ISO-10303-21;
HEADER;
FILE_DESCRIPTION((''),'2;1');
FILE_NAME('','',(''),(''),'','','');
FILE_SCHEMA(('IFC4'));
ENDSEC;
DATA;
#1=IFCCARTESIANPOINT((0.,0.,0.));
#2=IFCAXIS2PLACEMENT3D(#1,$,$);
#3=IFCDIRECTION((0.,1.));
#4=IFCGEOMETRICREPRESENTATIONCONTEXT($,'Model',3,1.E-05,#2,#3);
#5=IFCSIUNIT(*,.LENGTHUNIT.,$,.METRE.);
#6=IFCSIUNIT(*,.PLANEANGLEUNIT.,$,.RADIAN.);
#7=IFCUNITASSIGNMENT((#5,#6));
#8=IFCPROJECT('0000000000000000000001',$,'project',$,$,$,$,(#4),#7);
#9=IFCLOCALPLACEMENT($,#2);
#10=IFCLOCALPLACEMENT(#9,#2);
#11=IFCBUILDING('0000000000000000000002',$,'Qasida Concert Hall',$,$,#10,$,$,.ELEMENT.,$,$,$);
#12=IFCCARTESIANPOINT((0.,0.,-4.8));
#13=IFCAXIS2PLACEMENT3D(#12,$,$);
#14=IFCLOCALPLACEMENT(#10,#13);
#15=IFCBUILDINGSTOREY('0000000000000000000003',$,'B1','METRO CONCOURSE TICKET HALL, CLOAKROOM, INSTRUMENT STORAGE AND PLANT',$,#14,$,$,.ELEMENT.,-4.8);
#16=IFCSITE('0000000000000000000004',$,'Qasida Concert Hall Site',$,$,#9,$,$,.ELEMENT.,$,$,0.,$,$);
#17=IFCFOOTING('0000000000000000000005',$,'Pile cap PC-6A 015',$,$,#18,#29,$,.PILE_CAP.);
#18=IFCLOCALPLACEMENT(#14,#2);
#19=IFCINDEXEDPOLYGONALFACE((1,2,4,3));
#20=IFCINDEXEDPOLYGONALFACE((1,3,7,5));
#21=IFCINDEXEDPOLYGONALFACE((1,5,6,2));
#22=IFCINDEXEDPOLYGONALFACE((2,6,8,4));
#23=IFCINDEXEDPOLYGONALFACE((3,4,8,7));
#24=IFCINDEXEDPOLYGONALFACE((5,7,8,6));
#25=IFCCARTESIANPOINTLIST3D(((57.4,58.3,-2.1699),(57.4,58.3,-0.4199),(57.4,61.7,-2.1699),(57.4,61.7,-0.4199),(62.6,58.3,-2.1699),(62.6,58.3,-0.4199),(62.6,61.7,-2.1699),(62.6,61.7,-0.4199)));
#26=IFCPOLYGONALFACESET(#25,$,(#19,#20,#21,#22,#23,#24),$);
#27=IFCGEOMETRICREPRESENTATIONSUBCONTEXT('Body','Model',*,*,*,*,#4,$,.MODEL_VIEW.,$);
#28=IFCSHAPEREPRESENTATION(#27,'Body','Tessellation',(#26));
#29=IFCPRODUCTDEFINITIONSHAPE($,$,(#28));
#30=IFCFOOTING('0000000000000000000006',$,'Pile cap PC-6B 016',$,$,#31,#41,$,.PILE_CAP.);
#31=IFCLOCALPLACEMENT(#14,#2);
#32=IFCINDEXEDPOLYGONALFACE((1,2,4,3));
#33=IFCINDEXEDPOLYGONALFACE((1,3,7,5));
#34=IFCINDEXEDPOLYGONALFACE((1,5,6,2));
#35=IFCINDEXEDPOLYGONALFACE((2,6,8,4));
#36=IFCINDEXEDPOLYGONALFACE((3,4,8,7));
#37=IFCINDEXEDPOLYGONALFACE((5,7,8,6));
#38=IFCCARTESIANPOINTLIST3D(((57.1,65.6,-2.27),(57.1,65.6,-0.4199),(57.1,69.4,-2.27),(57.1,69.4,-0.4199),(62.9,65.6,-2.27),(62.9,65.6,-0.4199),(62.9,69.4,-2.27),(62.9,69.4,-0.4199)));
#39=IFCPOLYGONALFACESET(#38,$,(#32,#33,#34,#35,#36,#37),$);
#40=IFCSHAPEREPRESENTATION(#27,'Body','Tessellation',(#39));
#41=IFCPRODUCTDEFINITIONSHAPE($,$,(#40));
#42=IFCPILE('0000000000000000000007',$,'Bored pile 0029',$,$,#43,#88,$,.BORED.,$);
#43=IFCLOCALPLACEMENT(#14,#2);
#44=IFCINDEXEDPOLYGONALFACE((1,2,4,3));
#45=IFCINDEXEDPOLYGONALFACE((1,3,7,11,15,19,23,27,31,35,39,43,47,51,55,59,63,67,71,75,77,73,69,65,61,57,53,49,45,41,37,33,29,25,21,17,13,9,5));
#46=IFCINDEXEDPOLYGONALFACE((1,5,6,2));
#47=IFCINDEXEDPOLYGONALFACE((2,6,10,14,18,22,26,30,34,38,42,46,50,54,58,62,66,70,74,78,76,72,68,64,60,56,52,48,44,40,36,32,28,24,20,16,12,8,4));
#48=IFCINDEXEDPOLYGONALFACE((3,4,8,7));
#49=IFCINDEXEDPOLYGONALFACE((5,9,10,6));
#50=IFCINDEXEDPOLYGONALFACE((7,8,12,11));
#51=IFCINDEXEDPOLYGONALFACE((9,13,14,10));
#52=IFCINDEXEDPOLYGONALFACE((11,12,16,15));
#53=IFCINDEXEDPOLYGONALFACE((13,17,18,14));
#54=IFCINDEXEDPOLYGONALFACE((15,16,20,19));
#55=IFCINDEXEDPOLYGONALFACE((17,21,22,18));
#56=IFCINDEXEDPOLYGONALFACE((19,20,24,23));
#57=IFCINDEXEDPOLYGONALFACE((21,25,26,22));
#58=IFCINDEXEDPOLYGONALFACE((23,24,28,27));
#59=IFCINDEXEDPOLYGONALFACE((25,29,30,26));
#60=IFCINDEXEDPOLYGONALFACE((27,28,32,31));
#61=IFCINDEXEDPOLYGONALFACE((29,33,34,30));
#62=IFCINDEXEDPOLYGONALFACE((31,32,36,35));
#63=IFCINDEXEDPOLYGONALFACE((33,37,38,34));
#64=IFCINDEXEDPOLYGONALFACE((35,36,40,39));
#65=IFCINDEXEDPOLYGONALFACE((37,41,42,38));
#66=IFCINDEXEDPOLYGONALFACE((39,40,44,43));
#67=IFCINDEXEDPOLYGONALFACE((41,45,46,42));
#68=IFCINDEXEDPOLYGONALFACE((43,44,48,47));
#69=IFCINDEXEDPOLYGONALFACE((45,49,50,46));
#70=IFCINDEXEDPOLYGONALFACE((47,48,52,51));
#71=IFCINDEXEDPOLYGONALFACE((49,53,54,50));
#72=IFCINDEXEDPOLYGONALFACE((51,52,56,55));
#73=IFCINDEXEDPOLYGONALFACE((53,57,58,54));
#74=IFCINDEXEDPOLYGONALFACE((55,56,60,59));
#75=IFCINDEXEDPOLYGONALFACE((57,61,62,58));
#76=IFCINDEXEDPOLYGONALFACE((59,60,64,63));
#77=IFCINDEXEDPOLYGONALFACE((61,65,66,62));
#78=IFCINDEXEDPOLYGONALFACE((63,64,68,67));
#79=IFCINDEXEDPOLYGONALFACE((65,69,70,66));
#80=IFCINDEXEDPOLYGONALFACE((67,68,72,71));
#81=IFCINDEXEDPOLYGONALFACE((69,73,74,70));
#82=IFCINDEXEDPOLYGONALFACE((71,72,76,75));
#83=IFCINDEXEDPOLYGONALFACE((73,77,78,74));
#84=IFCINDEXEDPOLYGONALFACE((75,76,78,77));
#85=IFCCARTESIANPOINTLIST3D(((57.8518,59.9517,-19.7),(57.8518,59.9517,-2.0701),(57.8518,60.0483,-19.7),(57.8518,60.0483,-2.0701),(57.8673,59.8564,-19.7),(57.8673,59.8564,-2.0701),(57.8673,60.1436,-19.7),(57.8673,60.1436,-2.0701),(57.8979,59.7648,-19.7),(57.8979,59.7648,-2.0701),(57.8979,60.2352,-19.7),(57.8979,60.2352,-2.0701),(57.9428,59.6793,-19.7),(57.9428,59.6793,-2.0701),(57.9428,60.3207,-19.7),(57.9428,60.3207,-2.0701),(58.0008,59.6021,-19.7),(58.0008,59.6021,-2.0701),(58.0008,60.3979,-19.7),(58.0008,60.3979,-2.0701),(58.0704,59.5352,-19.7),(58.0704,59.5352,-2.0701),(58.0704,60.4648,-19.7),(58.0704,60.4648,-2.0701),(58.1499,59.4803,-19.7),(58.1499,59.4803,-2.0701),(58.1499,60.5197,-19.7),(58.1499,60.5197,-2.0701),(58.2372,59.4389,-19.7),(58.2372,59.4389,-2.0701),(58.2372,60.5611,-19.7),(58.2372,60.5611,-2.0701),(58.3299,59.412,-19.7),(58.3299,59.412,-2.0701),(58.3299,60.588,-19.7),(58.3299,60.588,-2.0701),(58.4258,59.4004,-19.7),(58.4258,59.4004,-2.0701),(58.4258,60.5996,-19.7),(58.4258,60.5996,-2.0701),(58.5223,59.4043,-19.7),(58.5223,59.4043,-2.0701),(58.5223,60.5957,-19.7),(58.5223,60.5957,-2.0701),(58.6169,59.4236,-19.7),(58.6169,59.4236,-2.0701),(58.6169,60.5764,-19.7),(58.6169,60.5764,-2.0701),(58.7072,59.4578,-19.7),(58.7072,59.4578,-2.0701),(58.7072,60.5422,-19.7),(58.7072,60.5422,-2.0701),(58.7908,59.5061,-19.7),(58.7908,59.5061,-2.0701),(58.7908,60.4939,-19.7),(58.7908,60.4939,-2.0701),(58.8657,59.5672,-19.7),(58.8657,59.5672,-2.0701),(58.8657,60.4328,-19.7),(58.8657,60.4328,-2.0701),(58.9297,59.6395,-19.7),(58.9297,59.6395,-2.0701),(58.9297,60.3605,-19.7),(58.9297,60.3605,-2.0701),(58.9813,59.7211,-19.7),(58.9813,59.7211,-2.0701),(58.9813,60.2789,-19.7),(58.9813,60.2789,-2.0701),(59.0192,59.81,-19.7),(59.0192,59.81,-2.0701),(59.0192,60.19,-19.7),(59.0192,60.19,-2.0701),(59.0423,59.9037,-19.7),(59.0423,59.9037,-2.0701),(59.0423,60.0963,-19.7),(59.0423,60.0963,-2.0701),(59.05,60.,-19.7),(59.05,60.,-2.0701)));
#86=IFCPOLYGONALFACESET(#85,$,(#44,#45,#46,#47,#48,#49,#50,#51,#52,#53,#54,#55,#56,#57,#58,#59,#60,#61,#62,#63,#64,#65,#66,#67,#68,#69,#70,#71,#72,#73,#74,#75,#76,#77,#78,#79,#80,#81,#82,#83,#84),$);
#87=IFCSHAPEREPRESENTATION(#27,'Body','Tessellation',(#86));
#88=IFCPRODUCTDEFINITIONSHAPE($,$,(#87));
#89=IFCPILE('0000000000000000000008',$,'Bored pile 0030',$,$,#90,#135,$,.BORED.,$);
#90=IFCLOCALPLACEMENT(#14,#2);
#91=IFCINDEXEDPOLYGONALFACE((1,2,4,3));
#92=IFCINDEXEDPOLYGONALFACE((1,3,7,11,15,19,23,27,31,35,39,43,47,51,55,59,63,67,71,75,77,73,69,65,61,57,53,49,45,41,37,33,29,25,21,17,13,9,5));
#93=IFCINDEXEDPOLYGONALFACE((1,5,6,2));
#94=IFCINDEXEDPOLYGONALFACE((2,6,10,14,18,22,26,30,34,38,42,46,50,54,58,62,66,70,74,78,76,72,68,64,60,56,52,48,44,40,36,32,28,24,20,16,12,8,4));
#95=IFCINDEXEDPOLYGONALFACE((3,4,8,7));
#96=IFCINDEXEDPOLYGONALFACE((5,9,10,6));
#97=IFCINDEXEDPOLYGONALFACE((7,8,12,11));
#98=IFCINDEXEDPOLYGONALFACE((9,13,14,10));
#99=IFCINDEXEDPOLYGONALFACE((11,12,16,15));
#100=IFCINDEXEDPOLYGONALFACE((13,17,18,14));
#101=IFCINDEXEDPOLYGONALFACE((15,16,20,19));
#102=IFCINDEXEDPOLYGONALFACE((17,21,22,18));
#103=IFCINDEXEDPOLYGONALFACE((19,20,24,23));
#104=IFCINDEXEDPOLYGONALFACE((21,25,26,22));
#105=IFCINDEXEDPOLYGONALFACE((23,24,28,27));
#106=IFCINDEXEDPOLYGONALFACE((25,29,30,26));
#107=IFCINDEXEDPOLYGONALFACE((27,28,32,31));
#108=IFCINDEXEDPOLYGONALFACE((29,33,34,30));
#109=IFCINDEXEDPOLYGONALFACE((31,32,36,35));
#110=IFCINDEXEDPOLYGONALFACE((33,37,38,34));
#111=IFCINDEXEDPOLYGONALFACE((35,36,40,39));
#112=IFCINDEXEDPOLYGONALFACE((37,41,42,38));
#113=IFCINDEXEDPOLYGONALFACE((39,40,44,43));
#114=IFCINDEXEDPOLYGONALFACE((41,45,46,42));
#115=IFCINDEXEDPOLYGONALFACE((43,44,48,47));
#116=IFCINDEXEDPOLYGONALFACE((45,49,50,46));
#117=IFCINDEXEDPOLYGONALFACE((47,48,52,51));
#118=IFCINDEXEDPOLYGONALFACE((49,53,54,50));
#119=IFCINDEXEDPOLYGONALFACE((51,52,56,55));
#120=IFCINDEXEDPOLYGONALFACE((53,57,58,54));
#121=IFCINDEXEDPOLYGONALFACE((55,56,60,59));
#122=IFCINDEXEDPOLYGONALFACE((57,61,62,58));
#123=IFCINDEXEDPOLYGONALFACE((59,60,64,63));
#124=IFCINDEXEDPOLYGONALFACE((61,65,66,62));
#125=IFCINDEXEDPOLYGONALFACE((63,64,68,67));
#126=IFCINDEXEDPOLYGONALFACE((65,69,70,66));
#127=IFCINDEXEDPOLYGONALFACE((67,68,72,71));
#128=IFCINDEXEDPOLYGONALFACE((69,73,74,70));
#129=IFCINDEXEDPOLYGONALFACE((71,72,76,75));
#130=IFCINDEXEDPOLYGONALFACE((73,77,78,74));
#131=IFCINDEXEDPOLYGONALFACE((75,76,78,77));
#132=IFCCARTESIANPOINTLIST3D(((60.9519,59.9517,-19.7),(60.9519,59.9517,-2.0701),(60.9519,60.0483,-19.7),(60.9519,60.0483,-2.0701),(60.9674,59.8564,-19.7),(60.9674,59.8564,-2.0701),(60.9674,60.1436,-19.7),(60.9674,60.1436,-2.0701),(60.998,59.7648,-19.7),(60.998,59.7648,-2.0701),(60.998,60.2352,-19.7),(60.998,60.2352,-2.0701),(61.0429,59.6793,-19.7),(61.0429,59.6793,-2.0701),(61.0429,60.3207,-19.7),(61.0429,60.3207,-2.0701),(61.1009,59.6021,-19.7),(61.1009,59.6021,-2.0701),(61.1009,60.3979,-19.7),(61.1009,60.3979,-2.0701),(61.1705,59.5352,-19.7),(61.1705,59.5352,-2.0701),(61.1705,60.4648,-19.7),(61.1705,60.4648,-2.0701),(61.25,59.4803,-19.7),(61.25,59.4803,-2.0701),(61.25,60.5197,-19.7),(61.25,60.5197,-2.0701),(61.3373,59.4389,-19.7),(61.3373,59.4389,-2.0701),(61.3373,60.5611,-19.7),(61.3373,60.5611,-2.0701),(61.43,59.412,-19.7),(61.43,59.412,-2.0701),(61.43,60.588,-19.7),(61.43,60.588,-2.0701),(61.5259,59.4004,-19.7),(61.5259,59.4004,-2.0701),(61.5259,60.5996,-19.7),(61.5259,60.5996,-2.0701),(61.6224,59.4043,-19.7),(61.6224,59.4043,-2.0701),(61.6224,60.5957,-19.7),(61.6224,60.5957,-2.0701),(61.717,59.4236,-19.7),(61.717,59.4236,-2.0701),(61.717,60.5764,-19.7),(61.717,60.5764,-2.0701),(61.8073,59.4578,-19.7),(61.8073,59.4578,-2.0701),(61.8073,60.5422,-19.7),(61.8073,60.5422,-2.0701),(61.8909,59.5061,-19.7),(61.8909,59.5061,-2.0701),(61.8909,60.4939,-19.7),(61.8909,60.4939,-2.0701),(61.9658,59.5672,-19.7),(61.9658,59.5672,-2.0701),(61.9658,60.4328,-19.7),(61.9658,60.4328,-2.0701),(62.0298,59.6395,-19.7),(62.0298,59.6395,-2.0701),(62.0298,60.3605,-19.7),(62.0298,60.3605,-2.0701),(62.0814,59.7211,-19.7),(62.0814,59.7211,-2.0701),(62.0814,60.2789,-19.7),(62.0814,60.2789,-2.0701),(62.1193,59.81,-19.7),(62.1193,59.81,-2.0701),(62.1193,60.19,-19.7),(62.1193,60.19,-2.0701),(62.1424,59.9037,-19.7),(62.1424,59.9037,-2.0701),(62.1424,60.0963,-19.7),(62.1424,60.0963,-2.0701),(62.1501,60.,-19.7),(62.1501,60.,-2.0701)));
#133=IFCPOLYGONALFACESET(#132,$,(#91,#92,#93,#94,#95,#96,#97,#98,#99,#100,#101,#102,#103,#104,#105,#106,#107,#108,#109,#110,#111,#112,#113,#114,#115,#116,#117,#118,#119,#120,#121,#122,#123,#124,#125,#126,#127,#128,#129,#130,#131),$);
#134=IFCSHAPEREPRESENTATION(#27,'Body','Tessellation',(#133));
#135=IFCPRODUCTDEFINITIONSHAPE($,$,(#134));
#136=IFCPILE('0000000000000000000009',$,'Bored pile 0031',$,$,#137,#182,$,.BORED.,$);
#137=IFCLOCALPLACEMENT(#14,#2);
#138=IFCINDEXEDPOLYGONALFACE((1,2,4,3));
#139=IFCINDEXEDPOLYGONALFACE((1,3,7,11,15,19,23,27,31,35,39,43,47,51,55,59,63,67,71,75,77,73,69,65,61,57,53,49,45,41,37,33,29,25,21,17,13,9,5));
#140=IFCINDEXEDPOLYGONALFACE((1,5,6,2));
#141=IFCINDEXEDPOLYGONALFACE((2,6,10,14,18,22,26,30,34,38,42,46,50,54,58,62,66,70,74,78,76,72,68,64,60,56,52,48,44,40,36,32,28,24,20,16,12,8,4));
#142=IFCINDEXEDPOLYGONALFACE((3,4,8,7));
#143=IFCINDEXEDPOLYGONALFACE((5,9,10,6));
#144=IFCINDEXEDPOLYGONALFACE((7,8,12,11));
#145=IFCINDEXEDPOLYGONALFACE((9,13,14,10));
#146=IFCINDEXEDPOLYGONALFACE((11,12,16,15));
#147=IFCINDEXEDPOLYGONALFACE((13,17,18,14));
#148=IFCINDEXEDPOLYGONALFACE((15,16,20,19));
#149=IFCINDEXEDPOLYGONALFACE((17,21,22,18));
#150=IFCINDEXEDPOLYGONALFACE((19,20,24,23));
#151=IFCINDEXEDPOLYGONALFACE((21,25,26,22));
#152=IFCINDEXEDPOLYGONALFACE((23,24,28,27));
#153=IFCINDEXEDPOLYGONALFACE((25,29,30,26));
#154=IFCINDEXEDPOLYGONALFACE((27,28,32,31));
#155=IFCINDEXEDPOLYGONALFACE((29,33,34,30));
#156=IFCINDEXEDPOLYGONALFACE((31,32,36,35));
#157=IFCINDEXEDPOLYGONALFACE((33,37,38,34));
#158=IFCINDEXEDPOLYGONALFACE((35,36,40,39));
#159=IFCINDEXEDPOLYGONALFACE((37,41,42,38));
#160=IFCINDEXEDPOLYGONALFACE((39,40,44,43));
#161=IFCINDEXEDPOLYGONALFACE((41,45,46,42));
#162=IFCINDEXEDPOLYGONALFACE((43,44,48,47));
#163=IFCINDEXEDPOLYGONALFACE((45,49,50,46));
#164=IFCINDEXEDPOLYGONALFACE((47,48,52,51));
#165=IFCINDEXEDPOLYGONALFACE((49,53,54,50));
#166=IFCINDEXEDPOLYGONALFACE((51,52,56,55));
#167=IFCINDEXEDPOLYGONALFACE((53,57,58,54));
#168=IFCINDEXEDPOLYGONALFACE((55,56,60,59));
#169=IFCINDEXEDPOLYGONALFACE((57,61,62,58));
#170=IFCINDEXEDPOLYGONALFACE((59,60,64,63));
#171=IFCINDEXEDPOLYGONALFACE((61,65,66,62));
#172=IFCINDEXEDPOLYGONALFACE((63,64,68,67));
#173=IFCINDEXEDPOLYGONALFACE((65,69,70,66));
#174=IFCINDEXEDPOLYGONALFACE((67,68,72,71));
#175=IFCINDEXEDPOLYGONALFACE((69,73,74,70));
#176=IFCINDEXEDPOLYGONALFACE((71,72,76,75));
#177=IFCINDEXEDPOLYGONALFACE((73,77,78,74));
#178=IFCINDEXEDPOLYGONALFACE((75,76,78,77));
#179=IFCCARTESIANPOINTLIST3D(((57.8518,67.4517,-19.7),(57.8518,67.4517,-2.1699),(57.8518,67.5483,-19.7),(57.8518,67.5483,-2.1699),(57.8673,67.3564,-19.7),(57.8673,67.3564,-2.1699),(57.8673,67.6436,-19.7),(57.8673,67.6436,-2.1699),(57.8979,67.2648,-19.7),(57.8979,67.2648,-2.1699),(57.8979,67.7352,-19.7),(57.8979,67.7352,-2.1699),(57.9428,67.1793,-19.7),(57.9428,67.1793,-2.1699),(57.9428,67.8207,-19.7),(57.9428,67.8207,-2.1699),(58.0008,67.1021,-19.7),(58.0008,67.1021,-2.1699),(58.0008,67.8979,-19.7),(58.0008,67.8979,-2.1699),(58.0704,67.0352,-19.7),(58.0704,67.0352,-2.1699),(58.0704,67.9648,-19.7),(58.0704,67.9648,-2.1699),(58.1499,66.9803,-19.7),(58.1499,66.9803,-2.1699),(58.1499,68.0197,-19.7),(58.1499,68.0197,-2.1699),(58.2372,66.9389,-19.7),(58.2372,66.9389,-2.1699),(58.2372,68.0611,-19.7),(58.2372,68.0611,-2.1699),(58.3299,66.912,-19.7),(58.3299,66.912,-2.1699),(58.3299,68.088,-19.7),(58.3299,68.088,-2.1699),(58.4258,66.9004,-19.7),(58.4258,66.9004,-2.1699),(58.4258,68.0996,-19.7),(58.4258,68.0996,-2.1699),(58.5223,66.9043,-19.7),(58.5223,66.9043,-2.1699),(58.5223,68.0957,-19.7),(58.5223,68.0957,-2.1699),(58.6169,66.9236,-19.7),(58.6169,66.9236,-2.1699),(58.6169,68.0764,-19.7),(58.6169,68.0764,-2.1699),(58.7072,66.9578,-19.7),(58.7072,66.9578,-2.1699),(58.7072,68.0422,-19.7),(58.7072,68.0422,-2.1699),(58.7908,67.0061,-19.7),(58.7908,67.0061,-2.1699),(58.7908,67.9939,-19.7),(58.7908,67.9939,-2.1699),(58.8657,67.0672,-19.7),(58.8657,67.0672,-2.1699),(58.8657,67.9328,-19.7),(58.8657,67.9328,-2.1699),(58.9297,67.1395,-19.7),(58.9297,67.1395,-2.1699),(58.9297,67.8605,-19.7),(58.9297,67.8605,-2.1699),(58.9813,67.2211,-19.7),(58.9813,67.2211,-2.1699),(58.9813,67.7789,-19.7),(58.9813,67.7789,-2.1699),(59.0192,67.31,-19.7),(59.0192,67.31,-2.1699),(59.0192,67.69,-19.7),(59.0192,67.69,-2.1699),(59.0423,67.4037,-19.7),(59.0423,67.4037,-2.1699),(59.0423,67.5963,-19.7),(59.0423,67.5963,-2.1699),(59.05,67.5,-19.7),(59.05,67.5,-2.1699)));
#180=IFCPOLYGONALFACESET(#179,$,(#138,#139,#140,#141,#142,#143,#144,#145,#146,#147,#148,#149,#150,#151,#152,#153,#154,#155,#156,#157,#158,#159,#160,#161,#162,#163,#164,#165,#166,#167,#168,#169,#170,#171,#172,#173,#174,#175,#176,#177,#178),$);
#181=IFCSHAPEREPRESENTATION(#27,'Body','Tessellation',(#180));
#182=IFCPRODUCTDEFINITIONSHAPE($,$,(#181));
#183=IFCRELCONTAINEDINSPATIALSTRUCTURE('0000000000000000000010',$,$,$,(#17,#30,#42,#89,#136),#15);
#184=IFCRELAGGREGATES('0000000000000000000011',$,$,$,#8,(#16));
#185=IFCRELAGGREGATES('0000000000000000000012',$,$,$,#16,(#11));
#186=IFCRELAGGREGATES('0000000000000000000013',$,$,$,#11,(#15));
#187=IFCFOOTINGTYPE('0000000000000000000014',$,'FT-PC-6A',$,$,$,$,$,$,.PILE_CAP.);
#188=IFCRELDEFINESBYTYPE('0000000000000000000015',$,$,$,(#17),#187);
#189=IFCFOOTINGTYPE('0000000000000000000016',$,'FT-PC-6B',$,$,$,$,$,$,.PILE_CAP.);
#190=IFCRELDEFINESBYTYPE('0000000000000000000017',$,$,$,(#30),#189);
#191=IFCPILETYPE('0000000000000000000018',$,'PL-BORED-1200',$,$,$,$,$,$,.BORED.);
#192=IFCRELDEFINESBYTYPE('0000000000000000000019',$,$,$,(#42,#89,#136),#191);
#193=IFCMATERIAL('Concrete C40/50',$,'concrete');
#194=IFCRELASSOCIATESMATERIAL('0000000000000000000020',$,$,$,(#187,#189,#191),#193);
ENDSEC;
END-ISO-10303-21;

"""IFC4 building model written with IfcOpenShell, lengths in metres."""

from ifc_helpers import new_model, si_unit, direction, frame, origin, origin_2d, place, context, subcontext, project, spatial, rectangle, circle, extrude, material, material_profile, profile_set, type_object, element, save


model = new_model("IFC4")

# Units and contexts
model_context = context("Model", 3, precision=1e-05, world=origin(), true_north=direction((0.0, 1.0)))
body_context = subcontext(model_context, "Body", "Model", "MODEL_VIEW")
ifc_project = project(units=[si_unit("LENGTHUNIT", "METRE"), si_unit("PLANEANGLEUNIT", "RADIAN")], contexts=[model_context])

# Site, building, storey
site_placement = place(None, origin())
site = spatial("IfcSite", under=ifc_project, at=site_placement, Name="Qasida Concert Hall Site", CompositionType="ELEMENT", RefElevation=0.0)
building_placement = place(site_placement, origin())
building = spatial("IfcBuilding", under=site, at=building_placement, Name="Qasida Concert Hall", CompositionType="ELEMENT")
storey_placement = place(building_placement, frame((0.0, 0.0, -4.8)))
storey = spatial("IfcBuildingStorey", under=building, at=storey_placement, Name="B1", Description="METRO CONCOURSE TICKET HALL, CLOAKROOM, INSTRUMENT STORAGE AND PLANT", CompositionType="ELEMENT", Elevation=-4.8)

# Footings
ifc_material_1 = material(Name="Concrete C40/50", Category="concrete")
footing_type_1 = type_object("IfcFootingType", Name="FT-PC-6A", PredefinedType="PILE_CAP", material=ifc_material_1)
footing_1_placement = place(storey_placement, frame((60.0, 60.0, -2.1699), z_axis=(0.0, 0.0, 1.0), x_axis=(1.0, 0.0, 0.0)))
element("IfcFooting", 1, at=footing_1_placement, inside=storey, type_object=footing_type_1, Name="Pile cap PC-6A 015", PredefinedType="PILE_CAP", context=body_context, shape_type="SweptSolid", body=[
    extrude(rectangle(XDim=5.2, YDim=3.3999, at=origin_2d()), origin(), (0.0, 0.0, 1.0), 1.75),
])
footing_type_2 = type_object("IfcFootingType", Name="FT-PC-6B", PredefinedType="PILE_CAP", material=ifc_material_1)
footing_2_placement = place(storey_placement, frame((60.0, 67.5, -2.27), z_axis=(0.0, 0.0, 1.0), x_axis=(1.0, 0.0, 0.0)))
element("IfcFooting", 2, at=footing_2_placement, inside=storey, type_object=footing_type_2, Name="Pile cap PC-6B 016", PredefinedType="PILE_CAP", context=body_context, shape_type="SweptSolid", body=[
    extrude(rectangle(XDim=5.8, YDim=3.8, at=origin_2d()), origin(), (0.0, 0.0, 1.0), 1.8501),
])

# Piles
ifc_material_profile_1 = material_profile(ifc_material_1, circle(Radius=0.6001, at=origin_2d()), Name="BORED PILE D1200")
ifc_profile_set_1 = profile_set([ifc_material_profile_1], Name="Concrete C40/50")
pile_type = type_object("IfcPileType", Name="PL-BORED-1200", PredefinedType="BORED", material=ifc_profile_set_1)
for number, where, z_axis, x_axis, name in (
    (3, (58.45, 60.0, -2.0701), (0.0, 0.0, -1.0), (1.0, 0.0, 0.0), "Bored pile 0029"),
    (4, (61.55, 60.0, -2.0701), (0.0, 0.0, -1.0), (1.0, 0.0, 0.0), "Bored pile 0030"),
):
    element("IfcPile", number, at=place(storey_placement, frame(where, z_axis=z_axis, x_axis=x_axis)), inside=storey, type_object=pile_type, Name=name, PredefinedType="BORED", context=body_context, shape_type="SweptSolid", body=[
        extrude(circle(Radius=0.6001, at=origin_2d()), origin(), (0.0, 0.0, 1.0), 17.6299),
    ])
for number, where, z_axis, x_axis, name in (
    (5, (58.45, 67.5, -2.1699), (0.0, 0.0, -1.0), (1.0, 0.0, 0.0), "Bored pile 0031"),
):
    element("IfcPile", number, at=place(storey_placement, frame(where, z_axis=z_axis, x_axis=x_axis)), inside=storey, type_object=pile_type, Name=name, PredefinedType="BORED", context=body_context, shape_type="SweptSolid", body=[
        extrude(circle(Radius=0.6001, at=origin_2d()), origin(), (0.0, 0.0, 1.0), 17.53),
    ])

save(model, "model.ifc")
